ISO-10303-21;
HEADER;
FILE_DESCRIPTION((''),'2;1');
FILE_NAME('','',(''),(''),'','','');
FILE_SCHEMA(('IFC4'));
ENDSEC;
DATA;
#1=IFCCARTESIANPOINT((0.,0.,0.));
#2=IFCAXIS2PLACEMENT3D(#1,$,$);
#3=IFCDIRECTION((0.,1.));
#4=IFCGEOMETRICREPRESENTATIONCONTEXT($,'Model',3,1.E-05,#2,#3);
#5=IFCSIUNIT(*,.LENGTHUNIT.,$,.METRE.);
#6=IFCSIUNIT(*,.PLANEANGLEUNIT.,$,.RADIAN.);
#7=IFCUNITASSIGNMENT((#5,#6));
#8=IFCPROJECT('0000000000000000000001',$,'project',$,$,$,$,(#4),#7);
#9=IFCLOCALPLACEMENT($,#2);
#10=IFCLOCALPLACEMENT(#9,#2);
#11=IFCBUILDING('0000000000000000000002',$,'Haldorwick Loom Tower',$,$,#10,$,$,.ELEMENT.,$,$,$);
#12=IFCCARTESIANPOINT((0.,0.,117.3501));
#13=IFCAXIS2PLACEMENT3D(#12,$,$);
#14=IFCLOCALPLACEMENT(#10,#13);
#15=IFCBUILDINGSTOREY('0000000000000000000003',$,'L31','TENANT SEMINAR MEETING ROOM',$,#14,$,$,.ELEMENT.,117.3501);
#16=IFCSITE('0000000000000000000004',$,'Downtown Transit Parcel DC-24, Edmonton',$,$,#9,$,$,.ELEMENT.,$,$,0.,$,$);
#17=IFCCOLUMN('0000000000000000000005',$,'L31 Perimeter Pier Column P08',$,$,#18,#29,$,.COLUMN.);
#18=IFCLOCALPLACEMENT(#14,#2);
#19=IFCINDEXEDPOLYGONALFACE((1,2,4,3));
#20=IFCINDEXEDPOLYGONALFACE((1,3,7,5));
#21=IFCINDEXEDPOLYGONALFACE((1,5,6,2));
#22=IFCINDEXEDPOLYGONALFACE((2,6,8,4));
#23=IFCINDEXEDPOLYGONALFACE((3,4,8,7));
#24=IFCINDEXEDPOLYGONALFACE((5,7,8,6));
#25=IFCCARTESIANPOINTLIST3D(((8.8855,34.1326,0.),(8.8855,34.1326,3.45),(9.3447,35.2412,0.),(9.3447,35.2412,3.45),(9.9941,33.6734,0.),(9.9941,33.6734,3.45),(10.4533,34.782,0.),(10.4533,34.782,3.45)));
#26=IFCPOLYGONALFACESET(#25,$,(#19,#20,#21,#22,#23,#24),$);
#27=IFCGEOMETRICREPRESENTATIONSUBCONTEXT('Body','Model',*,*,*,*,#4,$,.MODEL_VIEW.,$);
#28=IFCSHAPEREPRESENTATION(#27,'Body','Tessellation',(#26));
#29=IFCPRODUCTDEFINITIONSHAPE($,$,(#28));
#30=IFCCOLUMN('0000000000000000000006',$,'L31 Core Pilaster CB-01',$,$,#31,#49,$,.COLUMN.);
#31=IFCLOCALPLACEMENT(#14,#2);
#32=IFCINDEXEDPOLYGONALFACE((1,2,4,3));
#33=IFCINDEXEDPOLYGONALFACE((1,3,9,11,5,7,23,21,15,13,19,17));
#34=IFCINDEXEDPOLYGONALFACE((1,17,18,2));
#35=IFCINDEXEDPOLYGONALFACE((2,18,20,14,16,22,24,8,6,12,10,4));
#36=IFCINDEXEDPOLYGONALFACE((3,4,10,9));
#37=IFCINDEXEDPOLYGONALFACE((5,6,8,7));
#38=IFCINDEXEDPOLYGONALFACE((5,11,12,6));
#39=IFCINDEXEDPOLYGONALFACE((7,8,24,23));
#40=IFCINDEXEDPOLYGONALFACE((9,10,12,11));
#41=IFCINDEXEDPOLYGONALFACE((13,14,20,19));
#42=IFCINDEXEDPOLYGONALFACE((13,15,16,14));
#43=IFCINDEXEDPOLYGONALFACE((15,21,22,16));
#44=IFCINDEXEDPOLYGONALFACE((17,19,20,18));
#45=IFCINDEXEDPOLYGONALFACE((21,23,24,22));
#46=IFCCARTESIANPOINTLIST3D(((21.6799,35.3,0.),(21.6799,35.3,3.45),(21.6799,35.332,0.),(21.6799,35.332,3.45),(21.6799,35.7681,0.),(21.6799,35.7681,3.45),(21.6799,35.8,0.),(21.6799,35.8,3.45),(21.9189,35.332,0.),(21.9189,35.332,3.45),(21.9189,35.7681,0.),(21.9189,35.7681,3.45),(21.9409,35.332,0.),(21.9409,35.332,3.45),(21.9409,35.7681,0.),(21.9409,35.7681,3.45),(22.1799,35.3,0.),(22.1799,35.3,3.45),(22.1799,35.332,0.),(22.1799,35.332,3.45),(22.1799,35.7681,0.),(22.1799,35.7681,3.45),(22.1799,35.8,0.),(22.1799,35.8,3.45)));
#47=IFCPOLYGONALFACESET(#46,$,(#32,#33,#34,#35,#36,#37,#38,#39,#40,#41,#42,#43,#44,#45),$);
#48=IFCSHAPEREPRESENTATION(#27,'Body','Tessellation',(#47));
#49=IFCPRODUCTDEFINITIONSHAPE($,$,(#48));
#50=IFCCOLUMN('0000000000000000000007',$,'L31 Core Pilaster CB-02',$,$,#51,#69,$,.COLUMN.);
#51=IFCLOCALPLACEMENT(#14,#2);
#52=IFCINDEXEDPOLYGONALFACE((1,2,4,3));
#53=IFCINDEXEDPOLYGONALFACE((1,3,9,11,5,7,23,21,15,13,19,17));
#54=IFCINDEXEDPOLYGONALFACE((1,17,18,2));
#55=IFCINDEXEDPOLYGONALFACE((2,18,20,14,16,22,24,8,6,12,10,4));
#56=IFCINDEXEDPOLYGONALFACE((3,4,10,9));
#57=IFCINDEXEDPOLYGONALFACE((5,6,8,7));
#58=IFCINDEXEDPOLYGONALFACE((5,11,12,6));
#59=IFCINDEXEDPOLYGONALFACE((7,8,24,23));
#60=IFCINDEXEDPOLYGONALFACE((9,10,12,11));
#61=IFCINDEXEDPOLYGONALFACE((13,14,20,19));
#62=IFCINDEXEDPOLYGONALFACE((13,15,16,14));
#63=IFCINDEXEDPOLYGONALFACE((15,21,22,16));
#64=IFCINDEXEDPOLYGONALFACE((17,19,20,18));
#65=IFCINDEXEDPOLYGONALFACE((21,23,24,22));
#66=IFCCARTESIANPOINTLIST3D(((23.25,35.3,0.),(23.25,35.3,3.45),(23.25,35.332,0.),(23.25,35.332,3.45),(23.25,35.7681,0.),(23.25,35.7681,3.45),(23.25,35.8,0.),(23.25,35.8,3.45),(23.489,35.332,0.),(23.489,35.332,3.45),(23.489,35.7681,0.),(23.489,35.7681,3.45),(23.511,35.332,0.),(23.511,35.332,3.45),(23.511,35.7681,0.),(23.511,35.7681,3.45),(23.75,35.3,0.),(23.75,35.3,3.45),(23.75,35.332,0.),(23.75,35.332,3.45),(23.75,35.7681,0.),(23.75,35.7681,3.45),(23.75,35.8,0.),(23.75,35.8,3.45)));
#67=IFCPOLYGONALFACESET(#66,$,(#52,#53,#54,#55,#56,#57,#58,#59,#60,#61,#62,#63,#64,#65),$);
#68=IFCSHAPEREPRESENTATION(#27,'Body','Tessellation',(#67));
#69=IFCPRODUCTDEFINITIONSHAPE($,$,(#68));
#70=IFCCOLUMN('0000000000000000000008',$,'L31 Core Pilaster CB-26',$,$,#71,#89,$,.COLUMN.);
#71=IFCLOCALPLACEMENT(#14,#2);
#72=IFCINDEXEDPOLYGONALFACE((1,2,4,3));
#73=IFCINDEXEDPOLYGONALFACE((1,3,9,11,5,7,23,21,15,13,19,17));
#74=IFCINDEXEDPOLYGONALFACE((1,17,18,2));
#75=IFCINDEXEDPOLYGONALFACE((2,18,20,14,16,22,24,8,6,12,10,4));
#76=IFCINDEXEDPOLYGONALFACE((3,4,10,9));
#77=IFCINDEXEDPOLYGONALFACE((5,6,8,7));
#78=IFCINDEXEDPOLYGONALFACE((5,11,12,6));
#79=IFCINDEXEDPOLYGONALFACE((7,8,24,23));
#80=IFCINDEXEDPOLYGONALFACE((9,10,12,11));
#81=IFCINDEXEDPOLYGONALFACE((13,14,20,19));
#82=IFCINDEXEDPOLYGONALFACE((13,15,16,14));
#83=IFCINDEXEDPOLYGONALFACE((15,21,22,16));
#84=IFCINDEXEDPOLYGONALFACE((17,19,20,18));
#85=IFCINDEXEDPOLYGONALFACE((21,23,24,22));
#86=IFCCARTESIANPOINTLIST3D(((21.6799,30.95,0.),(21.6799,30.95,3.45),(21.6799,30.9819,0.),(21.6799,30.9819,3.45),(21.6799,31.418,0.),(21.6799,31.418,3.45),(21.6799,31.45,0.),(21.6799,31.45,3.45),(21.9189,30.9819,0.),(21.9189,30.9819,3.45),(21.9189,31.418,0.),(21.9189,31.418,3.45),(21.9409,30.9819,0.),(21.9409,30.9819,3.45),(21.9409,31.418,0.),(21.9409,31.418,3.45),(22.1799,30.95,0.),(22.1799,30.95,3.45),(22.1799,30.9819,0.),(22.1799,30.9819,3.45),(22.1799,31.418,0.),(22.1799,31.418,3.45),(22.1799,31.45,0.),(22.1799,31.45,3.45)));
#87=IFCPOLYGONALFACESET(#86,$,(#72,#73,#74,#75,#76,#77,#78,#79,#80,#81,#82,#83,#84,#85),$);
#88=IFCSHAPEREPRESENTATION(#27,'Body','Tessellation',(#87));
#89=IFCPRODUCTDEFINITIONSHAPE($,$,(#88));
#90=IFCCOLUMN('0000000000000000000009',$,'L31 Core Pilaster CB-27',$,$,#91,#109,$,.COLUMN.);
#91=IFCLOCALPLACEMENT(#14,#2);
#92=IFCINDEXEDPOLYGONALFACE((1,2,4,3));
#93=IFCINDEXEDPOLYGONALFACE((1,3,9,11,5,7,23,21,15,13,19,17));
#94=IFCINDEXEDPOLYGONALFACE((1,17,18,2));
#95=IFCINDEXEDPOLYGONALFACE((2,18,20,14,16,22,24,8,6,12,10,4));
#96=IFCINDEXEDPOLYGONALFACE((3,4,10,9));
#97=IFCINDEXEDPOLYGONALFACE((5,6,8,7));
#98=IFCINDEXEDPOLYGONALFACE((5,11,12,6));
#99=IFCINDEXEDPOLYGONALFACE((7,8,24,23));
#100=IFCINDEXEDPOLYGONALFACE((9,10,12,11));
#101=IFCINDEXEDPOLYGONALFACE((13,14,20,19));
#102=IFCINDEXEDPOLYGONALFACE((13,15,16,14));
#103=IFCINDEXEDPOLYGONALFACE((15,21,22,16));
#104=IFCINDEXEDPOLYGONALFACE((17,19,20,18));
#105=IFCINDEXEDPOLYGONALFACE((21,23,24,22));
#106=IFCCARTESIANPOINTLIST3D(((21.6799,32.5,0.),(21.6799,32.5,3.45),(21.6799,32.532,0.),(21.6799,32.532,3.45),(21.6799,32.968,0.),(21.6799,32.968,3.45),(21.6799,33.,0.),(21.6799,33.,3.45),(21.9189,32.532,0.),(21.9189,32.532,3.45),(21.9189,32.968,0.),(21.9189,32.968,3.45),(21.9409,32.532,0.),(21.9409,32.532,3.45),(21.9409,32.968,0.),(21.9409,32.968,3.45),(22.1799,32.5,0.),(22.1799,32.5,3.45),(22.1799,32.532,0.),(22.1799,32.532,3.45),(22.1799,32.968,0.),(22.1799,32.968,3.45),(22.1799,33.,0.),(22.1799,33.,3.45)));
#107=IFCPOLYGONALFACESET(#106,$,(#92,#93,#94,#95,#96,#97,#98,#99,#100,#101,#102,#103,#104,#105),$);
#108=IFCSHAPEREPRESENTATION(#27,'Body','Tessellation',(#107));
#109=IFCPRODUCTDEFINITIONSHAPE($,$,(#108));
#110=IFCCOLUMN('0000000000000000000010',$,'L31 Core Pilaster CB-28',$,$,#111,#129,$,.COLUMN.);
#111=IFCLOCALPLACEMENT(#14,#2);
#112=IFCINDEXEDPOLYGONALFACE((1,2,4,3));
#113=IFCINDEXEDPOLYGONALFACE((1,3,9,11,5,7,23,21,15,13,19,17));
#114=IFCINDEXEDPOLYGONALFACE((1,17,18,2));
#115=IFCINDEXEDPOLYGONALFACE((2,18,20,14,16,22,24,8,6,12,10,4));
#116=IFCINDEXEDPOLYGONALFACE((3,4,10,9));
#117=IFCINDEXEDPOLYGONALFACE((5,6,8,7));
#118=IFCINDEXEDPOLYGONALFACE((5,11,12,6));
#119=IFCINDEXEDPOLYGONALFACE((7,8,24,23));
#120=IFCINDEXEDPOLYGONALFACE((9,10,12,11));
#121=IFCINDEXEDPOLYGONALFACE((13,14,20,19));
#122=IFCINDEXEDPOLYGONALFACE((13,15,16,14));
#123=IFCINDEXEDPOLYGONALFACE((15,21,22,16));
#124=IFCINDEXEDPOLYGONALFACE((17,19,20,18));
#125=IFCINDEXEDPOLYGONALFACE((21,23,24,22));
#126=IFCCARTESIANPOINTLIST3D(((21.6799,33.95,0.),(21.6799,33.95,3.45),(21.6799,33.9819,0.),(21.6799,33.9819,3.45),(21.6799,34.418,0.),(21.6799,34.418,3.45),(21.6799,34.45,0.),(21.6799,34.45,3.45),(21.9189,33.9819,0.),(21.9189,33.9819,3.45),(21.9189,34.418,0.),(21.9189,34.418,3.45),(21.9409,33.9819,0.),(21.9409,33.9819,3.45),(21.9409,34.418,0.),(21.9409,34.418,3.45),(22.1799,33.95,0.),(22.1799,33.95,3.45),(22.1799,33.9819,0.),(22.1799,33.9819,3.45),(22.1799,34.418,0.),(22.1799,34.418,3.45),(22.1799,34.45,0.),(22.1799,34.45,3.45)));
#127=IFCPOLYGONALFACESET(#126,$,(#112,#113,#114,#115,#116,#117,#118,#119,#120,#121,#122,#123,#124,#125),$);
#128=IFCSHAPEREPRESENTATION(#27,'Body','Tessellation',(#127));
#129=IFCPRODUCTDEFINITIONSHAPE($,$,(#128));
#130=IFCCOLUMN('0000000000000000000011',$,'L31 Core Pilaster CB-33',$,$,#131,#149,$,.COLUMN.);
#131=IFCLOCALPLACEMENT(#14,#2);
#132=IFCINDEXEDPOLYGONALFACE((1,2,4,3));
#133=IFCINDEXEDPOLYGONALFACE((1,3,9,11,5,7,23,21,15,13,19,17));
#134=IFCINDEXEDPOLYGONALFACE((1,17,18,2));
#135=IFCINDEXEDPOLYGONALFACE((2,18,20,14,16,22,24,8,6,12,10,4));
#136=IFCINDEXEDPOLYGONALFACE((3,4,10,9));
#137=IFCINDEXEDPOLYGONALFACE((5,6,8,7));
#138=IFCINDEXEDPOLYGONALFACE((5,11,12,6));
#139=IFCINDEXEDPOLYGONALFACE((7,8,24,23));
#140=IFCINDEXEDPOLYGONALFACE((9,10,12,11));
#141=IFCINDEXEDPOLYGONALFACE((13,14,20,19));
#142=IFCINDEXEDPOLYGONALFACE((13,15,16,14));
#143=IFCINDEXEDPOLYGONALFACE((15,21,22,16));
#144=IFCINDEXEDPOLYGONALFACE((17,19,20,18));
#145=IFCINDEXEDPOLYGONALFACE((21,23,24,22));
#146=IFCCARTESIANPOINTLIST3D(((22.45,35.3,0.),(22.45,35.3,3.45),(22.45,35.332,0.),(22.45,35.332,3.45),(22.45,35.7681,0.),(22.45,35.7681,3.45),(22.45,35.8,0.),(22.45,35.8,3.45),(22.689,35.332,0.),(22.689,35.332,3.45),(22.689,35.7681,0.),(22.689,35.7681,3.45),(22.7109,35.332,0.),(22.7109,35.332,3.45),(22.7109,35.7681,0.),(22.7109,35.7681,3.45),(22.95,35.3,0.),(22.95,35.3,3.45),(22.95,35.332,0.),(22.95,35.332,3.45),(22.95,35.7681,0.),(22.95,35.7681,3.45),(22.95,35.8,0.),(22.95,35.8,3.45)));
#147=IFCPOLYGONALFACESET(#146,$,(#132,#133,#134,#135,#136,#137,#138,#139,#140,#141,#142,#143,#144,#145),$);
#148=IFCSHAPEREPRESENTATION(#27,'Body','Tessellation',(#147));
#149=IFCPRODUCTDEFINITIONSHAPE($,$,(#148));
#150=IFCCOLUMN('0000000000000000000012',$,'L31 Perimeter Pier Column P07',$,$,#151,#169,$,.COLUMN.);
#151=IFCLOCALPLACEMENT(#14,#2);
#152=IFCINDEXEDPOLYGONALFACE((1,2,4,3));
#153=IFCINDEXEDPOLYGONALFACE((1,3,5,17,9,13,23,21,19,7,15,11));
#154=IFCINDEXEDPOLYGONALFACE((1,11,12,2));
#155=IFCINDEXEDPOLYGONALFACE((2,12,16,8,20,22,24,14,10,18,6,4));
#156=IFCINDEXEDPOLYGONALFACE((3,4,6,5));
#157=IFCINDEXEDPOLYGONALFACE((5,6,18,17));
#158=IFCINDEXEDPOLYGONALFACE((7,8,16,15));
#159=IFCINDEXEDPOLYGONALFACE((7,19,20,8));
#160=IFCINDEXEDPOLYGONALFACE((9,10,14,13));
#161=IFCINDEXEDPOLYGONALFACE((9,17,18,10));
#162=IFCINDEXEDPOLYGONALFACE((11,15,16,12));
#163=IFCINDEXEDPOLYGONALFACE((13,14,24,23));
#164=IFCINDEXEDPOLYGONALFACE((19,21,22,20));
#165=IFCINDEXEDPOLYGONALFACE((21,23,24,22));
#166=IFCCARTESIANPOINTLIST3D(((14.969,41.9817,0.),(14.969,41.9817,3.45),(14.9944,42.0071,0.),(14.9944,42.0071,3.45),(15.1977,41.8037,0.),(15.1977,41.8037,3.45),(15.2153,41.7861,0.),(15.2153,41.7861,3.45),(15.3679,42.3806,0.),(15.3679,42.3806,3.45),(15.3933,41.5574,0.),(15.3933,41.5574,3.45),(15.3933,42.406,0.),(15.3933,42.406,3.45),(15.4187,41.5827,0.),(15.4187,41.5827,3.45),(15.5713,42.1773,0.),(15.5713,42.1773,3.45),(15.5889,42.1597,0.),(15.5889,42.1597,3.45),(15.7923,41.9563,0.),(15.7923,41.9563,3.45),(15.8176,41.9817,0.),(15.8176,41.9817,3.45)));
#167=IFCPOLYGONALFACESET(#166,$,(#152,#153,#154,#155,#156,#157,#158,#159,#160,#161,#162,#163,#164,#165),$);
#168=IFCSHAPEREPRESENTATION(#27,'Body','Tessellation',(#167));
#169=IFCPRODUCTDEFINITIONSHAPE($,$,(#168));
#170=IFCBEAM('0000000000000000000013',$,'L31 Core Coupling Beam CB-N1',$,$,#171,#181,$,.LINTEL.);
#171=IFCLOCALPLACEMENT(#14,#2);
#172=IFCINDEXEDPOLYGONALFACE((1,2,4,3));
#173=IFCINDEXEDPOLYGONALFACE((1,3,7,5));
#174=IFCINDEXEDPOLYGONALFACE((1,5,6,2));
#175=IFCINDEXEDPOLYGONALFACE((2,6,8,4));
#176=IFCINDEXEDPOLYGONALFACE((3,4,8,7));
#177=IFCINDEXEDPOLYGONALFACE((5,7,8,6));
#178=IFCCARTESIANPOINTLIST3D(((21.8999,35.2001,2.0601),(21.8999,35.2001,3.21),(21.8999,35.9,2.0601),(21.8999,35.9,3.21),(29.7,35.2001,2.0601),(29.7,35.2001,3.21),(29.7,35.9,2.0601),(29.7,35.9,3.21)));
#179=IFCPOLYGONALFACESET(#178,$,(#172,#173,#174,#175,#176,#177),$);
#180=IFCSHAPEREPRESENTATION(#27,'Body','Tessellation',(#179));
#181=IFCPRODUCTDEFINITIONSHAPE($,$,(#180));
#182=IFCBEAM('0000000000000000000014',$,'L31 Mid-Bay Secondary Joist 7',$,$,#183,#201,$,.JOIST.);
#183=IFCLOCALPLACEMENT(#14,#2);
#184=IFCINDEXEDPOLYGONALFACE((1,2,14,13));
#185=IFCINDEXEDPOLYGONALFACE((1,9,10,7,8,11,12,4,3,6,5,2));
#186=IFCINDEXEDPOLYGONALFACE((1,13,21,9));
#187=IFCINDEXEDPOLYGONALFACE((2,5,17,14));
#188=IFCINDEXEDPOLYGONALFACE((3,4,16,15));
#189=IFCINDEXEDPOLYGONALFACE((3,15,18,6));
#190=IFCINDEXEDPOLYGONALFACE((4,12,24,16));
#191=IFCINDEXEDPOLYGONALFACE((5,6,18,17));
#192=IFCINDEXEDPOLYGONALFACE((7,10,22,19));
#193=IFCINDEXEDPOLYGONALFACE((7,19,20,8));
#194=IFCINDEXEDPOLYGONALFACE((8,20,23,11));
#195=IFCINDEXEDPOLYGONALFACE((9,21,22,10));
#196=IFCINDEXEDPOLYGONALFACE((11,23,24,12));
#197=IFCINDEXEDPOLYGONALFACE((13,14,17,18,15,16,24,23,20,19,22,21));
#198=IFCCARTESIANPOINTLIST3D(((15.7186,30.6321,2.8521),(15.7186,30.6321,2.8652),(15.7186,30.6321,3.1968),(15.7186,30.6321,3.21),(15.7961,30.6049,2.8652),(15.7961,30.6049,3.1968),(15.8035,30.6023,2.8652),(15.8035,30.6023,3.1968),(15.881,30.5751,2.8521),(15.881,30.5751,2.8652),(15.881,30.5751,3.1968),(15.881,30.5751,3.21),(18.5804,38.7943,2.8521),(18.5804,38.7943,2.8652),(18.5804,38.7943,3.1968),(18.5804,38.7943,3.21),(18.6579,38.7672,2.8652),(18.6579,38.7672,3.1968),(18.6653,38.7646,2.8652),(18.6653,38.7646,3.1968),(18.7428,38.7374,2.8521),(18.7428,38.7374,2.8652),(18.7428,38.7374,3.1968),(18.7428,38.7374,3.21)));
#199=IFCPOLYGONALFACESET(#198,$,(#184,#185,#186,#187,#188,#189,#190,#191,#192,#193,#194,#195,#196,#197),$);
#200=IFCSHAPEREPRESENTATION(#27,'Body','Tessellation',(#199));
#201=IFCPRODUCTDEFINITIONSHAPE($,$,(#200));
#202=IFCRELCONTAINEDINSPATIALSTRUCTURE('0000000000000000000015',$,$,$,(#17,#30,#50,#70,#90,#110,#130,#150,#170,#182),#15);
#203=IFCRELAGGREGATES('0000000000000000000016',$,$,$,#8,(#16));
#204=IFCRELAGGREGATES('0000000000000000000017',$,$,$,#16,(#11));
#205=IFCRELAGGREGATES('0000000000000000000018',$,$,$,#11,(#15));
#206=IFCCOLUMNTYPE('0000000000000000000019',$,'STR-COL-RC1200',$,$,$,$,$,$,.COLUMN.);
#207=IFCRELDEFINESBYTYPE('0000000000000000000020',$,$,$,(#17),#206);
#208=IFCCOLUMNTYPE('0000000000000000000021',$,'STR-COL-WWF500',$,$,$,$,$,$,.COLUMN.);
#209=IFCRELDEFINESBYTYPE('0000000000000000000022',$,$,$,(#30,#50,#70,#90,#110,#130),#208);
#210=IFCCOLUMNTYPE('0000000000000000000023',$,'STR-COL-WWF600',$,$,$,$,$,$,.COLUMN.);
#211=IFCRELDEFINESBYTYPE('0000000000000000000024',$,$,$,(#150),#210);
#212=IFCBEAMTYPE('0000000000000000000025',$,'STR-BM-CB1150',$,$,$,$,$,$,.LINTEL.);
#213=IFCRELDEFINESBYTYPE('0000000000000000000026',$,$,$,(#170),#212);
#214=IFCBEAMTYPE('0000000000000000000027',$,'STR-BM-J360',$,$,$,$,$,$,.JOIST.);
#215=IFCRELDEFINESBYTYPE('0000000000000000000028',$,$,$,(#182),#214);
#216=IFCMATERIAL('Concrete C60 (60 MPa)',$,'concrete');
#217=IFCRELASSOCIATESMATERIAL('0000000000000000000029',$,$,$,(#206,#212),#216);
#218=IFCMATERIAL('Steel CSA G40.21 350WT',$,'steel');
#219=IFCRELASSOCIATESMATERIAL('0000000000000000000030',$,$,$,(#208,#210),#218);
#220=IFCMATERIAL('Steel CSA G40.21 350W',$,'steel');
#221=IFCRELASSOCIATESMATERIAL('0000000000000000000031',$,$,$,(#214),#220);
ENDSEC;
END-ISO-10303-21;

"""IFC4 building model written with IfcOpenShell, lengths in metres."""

from ifc_helpers import new_model, si_unit, direction, frame, origin, origin_2d, place, context, subcontext, project, spatial, rectangle, i_section, extrude, material, material_profile, profile_set, type_object, element, save


model = new_model("IFC4")

# Units and contexts
model_context = context("Model", 3, precision=1e-05, world=origin(), true_north=direction((0.0, 1.0)))
body_context = subcontext(model_context, "Body", "Model", "MODEL_VIEW")
ifc_project = project(units=[si_unit("LENGTHUNIT", "METRE"), si_unit("PLANEANGLEUNIT", "RADIAN")], contexts=[model_context])

# Site, building, storey
site_placement = place(None, origin())
site = spatial("IfcSite", under=ifc_project, at=site_placement, Name="Downtown Transit Parcel DC-24, Edmonton", CompositionType="ELEMENT", RefElevation=0.0)
building_placement = place(site_placement, origin())
building = spatial("IfcBuilding", under=site, at=building_placement, Name="Haldorwick Loom Tower", CompositionType="ELEMENT")
storey_placement = place(building_placement, frame((0.0, 0.0, 117.3501)))
storey = spatial("IfcBuildingStorey", under=building, at=storey_placement, Name="L31", Description="TENANT SEMINAR MEETING ROOM", CompositionType="ELEMENT", Elevation=117.3501)

# Columns
ifc_material_1 = material(Name="Concrete C60 (60 MPa)", Category="concrete")
ifc_material_profile_1 = material_profile(ifc_material_1, rectangle(XDim=1.2, YDim=1.2, at=origin_2d()), Name="RC1200X1200", Category="concrete")
ifc_profile_set_1 = profile_set([ifc_material_profile_1], Name="Concrete C60 (60 MPa)")
column_type_1 = type_object("IfcColumnType", Name="STR-COL-RC1200", PredefinedType="COLUMN", material=ifc_profile_set_1)
column_1_placement = place(storey_placement, frame((9.6694, 34.4573, 0.0), z_axis=(0.0, 0.0, 1.0), x_axis=(-0.92388, 0.382683, 0.0)))
element("IfcColumn", 1, at=column_1_placement, inside=storey, type_object=column_type_1, Name="L31 Perimeter Pier Column P08", PredefinedType="COLUMN", context=body_context, shape_type="SweptSolid", body=[
    extrude(rectangle(XDim=1.2, YDim=1.2, at=origin_2d()), origin(), (0.0, 0.0, 1.0), 3.45),
])
ifc_material_2 = material(Name="Steel CSA G40.21 350WT", Category="steel")
ifc_material_profile_2 = material_profile(ifc_material_2, i_section(OverallWidth=0.5, OverallDepth=0.5, WebThickness=0.022, FlangeThickness=0.032, at=origin_2d()), Name="WWF500X500", Category="steel")
ifc_profile_set_2 = profile_set([ifc_material_profile_2], Name="Steel CSA G40.21 350WT")
column_type_2 = type_object("IfcColumnType", Name="STR-COL-WWF500", PredefinedType="COLUMN", material=ifc_profile_set_2)
for number, where, z_axis, x_axis, name in (
    (2, (21.9299, 35.55, 0.0), (0.0, 0.0, 1.0), (1.0, 0.0, 0.0), "L31 Core Pilaster CB-01"),
    (3, (23.5, 35.55, 0.0), (0.0, 0.0, 1.0), (1.0, 0.0, 0.0), "L31 Core Pilaster CB-02"),
    (4, (21.9299, 31.2, 0.0), (0.0, 0.0, 1.0), (1.0, 0.0, 0.0), "L31 Core Pilaster CB-26"),
    (5, (21.9299, 32.75, 0.0), (0.0, 0.0, 1.0), (1.0, 0.0, 0.0), "L31 Core Pilaster CB-27"),
    (6, (21.9299, 34.2, 0.0), (0.0, 0.0, 1.0), (1.0, 0.0, 0.0), "L31 Core Pilaster CB-28"),
    (7, (22.7, 35.55, 0.0), (0.0, 0.0, 1.0), (1.0, 0.0, 0.0), "L31 Core Pilaster CB-33"),
):
    element("IfcColumn", number, at=place(storey_placement, frame(where, z_axis=z_axis, x_axis=x_axis)), inside=storey, type_object=column_type_2, Name=name, PredefinedType="COLUMN", context=body_context, shape_type="SweptSolid", body=[
        extrude(i_section(OverallWidth=0.5, OverallDepth=0.5, WebThickness=0.022, FlangeThickness=0.032, at=origin_2d()), origin(), (0.0, 0.0, 1.0), 3.45),
    ])
ifc_material_profile_3 = material_profile(ifc_material_2, i_section(OverallWidth=0.6001, OverallDepth=0.6001, WebThickness=0.0249, FlangeThickness=0.0359, at=origin_2d()), Name="WWF600X600", Category="steel")
ifc_profile_set_3 = profile_set([ifc_material_profile_3], Name="Steel CSA G40.21 350WT")
column_type_3 = type_object("IfcColumnType", Name="STR-COL-WWF600", PredefinedType="COLUMN", material=ifc_profile_set_3)
column_2_placement = place(storey_placement, frame((15.3933, 41.9817, 0.0), z_axis=(0.0, 0.0, 1.0), x_axis=(-0.707107, 0.707107, 0.0)))
element("IfcColumn", 8, at=column_2_placement, inside=storey, type_object=column_type_3, Name="L31 Perimeter Pier Column P07", PredefinedType="COLUMN", context=body_context, shape_type="SweptSolid", body=[
    extrude(i_section(OverallWidth=0.6001, OverallDepth=0.6001, WebThickness=0.0249, FlangeThickness=0.0359, at=origin_2d()), origin(), (0.0, 0.0, 1.0), 3.45),
])

# Beams
ifc_material_profile_4 = material_profile(ifc_material_1, rectangle(XDim=0.7, YDim=1.1499, at=origin_2d()), Name="RC700X1150", Category="concrete")
ifc_profile_set_4 = profile_set([ifc_material_profile_4], Name="Concrete C60 (60 MPa)")
beam_type_1 = type_object("IfcBeamType", Name="STR-BM-CB1150", PredefinedType="LINTEL", material=ifc_profile_set_4)
beam_1_placement = place(storey_placement, frame((21.8999, 35.55, 2.635), z_axis=(1.0, 0.0, 0.0), x_axis=(0.0, 1.0, 0.0)))
element("IfcBeam", 9, at=beam_1_placement, inside=storey, type_object=beam_type_1, Name="L31 Core Coupling Beam CB-N1", PredefinedType="LINTEL", context=body_context, shape_type="SweptSolid", body=[
    extrude(rectangle(XDim=0.7, YDim=1.1499, at=origin_2d()), origin(), (0.0, 0.0, 1.0), 7.8),
])
ifc_material_3 = material(Name="Steel CSA G40.21 350W", Category="steel")
ifc_material_profile_5 = material_profile(ifc_material_3, i_section(OverallWidth=0.1721, OverallDepth=0.3579, WebThickness=0.0078, FlangeThickness=0.0132, at=origin_2d()), Name="W360X57", Category="steel")
ifc_profile_set_5 = profile_set([ifc_material_profile_5], Name="Steel CSA G40.21 350W")
beam_type_2 = type_object("IfcBeamType", Name="STR-BM-J360", PredefinedType="JOIST", material=ifc_profile_set_5)
beam_2_placement = place(storey_placement, frame((18.6616, 38.7659, 3.031), z_axis=(-0.330865, -0.943678, 0.0), x_axis=(0.943678, -0.330865, 0.0)))
element("IfcBeam", 10, at=beam_2_placement, inside=storey, type_object=beam_type_2, Name="L31 Mid-Bay Secondary Joist 7", PredefinedType="JOIST", context=body_context, shape_type="SweptSolid", body=[
    extrude(i_section(OverallWidth=0.1721, OverallDepth=0.3579, WebThickness=0.0078, FlangeThickness=0.0132, at=origin_2d()), origin(), (0.0, 0.0, 1.0), 8.6494),
])

save(model, "model.ifc")
